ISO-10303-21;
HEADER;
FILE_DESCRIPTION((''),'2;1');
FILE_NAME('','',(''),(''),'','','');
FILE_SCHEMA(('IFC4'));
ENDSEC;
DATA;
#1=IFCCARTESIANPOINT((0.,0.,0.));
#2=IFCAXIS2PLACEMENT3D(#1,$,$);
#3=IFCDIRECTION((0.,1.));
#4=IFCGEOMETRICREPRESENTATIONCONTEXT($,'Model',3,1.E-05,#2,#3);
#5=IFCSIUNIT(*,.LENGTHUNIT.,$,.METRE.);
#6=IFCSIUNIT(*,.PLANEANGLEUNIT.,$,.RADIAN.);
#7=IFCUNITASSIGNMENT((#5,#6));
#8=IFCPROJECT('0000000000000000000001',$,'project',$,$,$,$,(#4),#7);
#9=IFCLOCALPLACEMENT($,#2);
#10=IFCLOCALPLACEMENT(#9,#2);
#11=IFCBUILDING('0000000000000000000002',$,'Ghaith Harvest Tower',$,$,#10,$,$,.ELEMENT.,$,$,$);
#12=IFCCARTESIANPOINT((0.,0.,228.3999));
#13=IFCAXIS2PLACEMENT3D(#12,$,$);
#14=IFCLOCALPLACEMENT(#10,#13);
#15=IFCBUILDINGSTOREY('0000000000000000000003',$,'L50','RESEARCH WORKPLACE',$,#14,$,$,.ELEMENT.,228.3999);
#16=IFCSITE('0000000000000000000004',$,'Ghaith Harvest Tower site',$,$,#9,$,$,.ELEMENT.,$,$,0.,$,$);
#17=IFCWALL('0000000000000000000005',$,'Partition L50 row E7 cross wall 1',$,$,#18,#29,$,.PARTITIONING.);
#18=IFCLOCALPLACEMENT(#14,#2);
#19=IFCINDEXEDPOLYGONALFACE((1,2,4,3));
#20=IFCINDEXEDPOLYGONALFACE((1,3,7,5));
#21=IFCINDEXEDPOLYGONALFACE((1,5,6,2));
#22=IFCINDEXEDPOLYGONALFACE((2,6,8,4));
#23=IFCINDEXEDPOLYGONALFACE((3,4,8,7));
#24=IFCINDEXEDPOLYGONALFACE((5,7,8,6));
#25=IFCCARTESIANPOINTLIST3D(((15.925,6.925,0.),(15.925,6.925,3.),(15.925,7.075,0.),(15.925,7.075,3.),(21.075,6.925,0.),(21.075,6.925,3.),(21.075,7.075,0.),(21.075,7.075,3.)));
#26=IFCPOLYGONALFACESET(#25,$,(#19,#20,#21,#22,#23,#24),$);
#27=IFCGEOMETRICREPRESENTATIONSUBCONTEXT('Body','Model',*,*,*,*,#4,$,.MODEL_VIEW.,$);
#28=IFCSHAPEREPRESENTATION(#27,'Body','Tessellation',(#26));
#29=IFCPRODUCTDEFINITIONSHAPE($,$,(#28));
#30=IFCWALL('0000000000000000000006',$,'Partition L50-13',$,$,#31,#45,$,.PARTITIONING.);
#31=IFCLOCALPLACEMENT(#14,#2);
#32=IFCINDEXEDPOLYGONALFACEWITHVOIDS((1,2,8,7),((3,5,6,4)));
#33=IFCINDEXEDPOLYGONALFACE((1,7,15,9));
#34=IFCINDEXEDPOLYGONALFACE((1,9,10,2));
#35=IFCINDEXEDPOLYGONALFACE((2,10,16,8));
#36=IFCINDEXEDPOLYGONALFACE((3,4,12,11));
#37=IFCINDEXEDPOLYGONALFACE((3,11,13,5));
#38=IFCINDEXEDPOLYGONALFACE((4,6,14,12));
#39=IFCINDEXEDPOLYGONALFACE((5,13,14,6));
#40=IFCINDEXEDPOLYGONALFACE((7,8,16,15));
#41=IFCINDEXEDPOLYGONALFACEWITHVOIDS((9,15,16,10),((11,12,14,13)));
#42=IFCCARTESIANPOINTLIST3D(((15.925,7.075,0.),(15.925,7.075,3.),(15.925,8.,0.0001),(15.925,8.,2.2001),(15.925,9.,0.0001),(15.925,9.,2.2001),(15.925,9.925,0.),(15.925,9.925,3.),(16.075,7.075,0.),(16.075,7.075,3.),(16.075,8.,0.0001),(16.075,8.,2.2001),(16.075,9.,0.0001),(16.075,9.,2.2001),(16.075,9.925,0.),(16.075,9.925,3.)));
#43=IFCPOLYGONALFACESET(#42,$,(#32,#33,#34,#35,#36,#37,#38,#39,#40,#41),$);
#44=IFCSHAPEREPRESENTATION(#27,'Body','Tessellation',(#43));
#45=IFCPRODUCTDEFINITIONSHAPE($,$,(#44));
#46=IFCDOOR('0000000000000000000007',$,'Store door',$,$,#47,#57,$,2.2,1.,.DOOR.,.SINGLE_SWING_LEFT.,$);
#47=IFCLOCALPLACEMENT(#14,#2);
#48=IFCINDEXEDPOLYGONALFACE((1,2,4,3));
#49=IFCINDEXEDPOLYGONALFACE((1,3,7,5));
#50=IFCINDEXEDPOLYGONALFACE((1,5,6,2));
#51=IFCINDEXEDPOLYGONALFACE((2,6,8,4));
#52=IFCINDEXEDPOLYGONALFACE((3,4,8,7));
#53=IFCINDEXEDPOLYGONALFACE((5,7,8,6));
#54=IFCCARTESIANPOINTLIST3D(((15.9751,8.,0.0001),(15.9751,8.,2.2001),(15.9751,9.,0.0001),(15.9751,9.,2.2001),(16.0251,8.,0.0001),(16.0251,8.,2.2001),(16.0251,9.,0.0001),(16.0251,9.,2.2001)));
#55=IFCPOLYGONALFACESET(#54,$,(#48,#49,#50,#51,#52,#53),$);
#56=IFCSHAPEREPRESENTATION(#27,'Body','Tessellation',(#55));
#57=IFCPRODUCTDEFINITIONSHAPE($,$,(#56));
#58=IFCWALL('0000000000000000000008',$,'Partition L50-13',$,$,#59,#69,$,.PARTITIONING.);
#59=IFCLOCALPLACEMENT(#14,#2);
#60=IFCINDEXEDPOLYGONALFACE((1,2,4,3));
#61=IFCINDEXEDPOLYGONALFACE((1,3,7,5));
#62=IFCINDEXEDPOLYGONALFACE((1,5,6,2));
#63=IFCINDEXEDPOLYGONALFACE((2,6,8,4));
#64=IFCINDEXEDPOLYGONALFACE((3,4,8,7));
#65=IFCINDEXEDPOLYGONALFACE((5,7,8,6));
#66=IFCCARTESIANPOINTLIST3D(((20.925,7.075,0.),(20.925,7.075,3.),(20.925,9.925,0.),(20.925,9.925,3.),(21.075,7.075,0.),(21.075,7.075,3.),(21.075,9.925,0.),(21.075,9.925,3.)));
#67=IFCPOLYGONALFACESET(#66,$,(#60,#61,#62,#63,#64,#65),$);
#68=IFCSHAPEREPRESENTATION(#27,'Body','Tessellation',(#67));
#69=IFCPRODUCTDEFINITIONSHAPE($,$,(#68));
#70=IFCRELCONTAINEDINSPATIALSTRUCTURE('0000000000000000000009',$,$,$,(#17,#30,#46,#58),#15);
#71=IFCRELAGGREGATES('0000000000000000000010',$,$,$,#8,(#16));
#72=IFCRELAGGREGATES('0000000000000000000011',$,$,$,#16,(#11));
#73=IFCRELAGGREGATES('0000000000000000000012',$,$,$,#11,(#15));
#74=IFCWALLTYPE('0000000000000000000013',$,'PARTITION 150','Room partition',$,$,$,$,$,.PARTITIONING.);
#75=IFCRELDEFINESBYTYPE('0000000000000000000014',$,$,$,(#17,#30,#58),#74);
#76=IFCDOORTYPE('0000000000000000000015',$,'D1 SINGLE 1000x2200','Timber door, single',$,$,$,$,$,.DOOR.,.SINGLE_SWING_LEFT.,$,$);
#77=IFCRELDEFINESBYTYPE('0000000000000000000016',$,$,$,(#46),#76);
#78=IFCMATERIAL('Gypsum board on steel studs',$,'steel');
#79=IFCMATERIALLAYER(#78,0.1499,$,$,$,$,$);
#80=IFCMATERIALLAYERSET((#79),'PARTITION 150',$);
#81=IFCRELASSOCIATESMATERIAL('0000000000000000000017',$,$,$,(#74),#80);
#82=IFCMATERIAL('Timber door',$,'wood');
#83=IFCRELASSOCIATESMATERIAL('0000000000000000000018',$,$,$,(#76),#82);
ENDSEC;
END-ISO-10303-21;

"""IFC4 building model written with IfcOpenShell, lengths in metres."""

from ifc_helpers import new_model, si_unit, direction, frame, frame_2d, origin, place, context, subcontext, project, spatial, rectangle, extrude, material, layer, layer_set, type_object, element, fill, save


model = new_model("IFC4")

# Units and contexts
model_context = context("Model", 3, precision=1e-05, world=origin(), true_north=direction((0.0, 1.0)))
body_context = subcontext(model_context, "Body", "Model", "MODEL_VIEW")
ifc_project = project(units=[si_unit("LENGTHUNIT", "METRE"), si_unit("PLANEANGLEUNIT", "RADIAN")], contexts=[model_context])

# Site, building, storey
site_placement = place(None, origin())
site = spatial("IfcSite", under=ifc_project, at=site_placement, Name="Ghaith Harvest Tower site", CompositionType="ELEMENT", RefElevation=0.0)
building_placement = place(site_placement, origin())
building = spatial("IfcBuilding", under=site, at=building_placement, Name="Ghaith Harvest Tower", CompositionType="ELEMENT")
storey_placement = place(building_placement, frame((0.0, 0.0, 228.3999)))
storey = spatial("IfcBuildingStorey", under=building, at=storey_placement, Name="L50", Description="RESEARCH WORKPLACE", CompositionType="ELEMENT", Elevation=228.3999)

# Wall
ifc_material_1 = material(Name="Gypsum board on steel studs", Category="steel")
ifc_layer_1 = layer(ifc_material_1, 0.1499)
ifc_layer_set_1 = layer_set([ifc_layer_1], Name="PARTITION 150")
wall_type = type_object("IfcWallType", Name="PARTITION 150", Description="Room partition", PredefinedType="PARTITIONING", material=ifc_layer_set_1)
wall_1_placement = place(storey_placement, frame((15.925, 7.0, 0.0), z_axis=(0.0, 0.0, 1.0), x_axis=(1.0, 0.0, 0.0)))
element("IfcWall", 1, at=wall_1_placement, inside=storey, type_object=wall_type, Name="Partition L50 row E7 cross wall 1", PredefinedType="PARTITIONING", context=body_context, shape_type="SweptSolid", body=[
    extrude(rectangle(XDim=5.1499, YDim=0.1499, at=frame_2d((2.575, 0.0))), origin(), (0.0, 0.0, 1.0), 3.0),
])

# Wall, opening, door
wall_2_placement = place(storey_placement, frame((16.0, 7.075, 0.0), z_axis=(0.0, 0.0, 1.0), x_axis=(0.0, 1.0, 0.0)))
wall_2 = element("IfcWall", 2, at=wall_2_placement, inside=storey, type_object=wall_type, Name="Partition L50-13", PredefinedType="PARTITIONING", context=body_context, shape_type="SweptSolid", body=[
    extrude(rectangle(XDim=2.8501, YDim=0.1499, at=frame_2d((1.425, 0.0))), origin(), (0.0, 0.0, 1.0), 3.0),
])
opening_placement = place(wall_2_placement, frame((0.925, 0.0, 0.0)))
opening = element("IfcOpeningElement", 3, at=opening_placement, cuts=wall_2, PredefinedType="OPENING", context=body_context, shape_type="SweptSolid", body=[
    extrude(rectangle(XDim=1.0, YDim=2.2, at=frame_2d((0.5, 1.1001))), frame((0.0, 0.085, 0.0), z_axis=(0.0, -1.0, 0.0), x_axis=(1.0, 0.0, 0.0)), (0.0, 0.0, 1.0), 0.1699),
])
ifc_material_2 = material(Name="Timber door", Category="wood")
door_type = type_object("IfcDoorType", Name="D1 SINGLE 1000x2200", Description="Timber door, single", OperationType="SINGLE_SWING_LEFT", PredefinedType="DOOR", material=ifc_material_2)
door_placement = place(opening_placement, origin())
door = element("IfcDoor", 4, at=door_placement, inside=storey, type_object=door_type, Name="Store door", OperationType="SINGLE_SWING_LEFT", OverallHeight=2.2, OverallWidth=1.0, PredefinedType="DOOR", context=body_context, shape_type="SweptSolid", body=[
    extrude(rectangle(XDim=1.0, YDim=2.2, at=frame_2d((0.5, 1.1001))), frame((0.0, 0.0249, 0.0), z_axis=(0.0, -1.0, 0.0), x_axis=(1.0, 0.0, 0.0)), (0.0, 0.0, 1.0), 0.05),
])
fill(opening, door)

# Wall
wall_3_placement = place(storey_placement, frame((21.0, 7.075, 0.0), z_axis=(0.0, 0.0, 1.0), x_axis=(0.0, 1.0, 0.0)))
element("IfcWall", 5, at=wall_3_placement, inside=storey, type_object=wall_type, Name="Partition L50-13", PredefinedType="PARTITIONING", context=body_context, shape_type="SweptSolid", body=[
    extrude(rectangle(XDim=2.8501, YDim=0.1499, at=frame_2d((1.425, 0.0))), origin(), (0.0, 0.0, 1.0), 3.0),
])

save(model, "model.ifc")
